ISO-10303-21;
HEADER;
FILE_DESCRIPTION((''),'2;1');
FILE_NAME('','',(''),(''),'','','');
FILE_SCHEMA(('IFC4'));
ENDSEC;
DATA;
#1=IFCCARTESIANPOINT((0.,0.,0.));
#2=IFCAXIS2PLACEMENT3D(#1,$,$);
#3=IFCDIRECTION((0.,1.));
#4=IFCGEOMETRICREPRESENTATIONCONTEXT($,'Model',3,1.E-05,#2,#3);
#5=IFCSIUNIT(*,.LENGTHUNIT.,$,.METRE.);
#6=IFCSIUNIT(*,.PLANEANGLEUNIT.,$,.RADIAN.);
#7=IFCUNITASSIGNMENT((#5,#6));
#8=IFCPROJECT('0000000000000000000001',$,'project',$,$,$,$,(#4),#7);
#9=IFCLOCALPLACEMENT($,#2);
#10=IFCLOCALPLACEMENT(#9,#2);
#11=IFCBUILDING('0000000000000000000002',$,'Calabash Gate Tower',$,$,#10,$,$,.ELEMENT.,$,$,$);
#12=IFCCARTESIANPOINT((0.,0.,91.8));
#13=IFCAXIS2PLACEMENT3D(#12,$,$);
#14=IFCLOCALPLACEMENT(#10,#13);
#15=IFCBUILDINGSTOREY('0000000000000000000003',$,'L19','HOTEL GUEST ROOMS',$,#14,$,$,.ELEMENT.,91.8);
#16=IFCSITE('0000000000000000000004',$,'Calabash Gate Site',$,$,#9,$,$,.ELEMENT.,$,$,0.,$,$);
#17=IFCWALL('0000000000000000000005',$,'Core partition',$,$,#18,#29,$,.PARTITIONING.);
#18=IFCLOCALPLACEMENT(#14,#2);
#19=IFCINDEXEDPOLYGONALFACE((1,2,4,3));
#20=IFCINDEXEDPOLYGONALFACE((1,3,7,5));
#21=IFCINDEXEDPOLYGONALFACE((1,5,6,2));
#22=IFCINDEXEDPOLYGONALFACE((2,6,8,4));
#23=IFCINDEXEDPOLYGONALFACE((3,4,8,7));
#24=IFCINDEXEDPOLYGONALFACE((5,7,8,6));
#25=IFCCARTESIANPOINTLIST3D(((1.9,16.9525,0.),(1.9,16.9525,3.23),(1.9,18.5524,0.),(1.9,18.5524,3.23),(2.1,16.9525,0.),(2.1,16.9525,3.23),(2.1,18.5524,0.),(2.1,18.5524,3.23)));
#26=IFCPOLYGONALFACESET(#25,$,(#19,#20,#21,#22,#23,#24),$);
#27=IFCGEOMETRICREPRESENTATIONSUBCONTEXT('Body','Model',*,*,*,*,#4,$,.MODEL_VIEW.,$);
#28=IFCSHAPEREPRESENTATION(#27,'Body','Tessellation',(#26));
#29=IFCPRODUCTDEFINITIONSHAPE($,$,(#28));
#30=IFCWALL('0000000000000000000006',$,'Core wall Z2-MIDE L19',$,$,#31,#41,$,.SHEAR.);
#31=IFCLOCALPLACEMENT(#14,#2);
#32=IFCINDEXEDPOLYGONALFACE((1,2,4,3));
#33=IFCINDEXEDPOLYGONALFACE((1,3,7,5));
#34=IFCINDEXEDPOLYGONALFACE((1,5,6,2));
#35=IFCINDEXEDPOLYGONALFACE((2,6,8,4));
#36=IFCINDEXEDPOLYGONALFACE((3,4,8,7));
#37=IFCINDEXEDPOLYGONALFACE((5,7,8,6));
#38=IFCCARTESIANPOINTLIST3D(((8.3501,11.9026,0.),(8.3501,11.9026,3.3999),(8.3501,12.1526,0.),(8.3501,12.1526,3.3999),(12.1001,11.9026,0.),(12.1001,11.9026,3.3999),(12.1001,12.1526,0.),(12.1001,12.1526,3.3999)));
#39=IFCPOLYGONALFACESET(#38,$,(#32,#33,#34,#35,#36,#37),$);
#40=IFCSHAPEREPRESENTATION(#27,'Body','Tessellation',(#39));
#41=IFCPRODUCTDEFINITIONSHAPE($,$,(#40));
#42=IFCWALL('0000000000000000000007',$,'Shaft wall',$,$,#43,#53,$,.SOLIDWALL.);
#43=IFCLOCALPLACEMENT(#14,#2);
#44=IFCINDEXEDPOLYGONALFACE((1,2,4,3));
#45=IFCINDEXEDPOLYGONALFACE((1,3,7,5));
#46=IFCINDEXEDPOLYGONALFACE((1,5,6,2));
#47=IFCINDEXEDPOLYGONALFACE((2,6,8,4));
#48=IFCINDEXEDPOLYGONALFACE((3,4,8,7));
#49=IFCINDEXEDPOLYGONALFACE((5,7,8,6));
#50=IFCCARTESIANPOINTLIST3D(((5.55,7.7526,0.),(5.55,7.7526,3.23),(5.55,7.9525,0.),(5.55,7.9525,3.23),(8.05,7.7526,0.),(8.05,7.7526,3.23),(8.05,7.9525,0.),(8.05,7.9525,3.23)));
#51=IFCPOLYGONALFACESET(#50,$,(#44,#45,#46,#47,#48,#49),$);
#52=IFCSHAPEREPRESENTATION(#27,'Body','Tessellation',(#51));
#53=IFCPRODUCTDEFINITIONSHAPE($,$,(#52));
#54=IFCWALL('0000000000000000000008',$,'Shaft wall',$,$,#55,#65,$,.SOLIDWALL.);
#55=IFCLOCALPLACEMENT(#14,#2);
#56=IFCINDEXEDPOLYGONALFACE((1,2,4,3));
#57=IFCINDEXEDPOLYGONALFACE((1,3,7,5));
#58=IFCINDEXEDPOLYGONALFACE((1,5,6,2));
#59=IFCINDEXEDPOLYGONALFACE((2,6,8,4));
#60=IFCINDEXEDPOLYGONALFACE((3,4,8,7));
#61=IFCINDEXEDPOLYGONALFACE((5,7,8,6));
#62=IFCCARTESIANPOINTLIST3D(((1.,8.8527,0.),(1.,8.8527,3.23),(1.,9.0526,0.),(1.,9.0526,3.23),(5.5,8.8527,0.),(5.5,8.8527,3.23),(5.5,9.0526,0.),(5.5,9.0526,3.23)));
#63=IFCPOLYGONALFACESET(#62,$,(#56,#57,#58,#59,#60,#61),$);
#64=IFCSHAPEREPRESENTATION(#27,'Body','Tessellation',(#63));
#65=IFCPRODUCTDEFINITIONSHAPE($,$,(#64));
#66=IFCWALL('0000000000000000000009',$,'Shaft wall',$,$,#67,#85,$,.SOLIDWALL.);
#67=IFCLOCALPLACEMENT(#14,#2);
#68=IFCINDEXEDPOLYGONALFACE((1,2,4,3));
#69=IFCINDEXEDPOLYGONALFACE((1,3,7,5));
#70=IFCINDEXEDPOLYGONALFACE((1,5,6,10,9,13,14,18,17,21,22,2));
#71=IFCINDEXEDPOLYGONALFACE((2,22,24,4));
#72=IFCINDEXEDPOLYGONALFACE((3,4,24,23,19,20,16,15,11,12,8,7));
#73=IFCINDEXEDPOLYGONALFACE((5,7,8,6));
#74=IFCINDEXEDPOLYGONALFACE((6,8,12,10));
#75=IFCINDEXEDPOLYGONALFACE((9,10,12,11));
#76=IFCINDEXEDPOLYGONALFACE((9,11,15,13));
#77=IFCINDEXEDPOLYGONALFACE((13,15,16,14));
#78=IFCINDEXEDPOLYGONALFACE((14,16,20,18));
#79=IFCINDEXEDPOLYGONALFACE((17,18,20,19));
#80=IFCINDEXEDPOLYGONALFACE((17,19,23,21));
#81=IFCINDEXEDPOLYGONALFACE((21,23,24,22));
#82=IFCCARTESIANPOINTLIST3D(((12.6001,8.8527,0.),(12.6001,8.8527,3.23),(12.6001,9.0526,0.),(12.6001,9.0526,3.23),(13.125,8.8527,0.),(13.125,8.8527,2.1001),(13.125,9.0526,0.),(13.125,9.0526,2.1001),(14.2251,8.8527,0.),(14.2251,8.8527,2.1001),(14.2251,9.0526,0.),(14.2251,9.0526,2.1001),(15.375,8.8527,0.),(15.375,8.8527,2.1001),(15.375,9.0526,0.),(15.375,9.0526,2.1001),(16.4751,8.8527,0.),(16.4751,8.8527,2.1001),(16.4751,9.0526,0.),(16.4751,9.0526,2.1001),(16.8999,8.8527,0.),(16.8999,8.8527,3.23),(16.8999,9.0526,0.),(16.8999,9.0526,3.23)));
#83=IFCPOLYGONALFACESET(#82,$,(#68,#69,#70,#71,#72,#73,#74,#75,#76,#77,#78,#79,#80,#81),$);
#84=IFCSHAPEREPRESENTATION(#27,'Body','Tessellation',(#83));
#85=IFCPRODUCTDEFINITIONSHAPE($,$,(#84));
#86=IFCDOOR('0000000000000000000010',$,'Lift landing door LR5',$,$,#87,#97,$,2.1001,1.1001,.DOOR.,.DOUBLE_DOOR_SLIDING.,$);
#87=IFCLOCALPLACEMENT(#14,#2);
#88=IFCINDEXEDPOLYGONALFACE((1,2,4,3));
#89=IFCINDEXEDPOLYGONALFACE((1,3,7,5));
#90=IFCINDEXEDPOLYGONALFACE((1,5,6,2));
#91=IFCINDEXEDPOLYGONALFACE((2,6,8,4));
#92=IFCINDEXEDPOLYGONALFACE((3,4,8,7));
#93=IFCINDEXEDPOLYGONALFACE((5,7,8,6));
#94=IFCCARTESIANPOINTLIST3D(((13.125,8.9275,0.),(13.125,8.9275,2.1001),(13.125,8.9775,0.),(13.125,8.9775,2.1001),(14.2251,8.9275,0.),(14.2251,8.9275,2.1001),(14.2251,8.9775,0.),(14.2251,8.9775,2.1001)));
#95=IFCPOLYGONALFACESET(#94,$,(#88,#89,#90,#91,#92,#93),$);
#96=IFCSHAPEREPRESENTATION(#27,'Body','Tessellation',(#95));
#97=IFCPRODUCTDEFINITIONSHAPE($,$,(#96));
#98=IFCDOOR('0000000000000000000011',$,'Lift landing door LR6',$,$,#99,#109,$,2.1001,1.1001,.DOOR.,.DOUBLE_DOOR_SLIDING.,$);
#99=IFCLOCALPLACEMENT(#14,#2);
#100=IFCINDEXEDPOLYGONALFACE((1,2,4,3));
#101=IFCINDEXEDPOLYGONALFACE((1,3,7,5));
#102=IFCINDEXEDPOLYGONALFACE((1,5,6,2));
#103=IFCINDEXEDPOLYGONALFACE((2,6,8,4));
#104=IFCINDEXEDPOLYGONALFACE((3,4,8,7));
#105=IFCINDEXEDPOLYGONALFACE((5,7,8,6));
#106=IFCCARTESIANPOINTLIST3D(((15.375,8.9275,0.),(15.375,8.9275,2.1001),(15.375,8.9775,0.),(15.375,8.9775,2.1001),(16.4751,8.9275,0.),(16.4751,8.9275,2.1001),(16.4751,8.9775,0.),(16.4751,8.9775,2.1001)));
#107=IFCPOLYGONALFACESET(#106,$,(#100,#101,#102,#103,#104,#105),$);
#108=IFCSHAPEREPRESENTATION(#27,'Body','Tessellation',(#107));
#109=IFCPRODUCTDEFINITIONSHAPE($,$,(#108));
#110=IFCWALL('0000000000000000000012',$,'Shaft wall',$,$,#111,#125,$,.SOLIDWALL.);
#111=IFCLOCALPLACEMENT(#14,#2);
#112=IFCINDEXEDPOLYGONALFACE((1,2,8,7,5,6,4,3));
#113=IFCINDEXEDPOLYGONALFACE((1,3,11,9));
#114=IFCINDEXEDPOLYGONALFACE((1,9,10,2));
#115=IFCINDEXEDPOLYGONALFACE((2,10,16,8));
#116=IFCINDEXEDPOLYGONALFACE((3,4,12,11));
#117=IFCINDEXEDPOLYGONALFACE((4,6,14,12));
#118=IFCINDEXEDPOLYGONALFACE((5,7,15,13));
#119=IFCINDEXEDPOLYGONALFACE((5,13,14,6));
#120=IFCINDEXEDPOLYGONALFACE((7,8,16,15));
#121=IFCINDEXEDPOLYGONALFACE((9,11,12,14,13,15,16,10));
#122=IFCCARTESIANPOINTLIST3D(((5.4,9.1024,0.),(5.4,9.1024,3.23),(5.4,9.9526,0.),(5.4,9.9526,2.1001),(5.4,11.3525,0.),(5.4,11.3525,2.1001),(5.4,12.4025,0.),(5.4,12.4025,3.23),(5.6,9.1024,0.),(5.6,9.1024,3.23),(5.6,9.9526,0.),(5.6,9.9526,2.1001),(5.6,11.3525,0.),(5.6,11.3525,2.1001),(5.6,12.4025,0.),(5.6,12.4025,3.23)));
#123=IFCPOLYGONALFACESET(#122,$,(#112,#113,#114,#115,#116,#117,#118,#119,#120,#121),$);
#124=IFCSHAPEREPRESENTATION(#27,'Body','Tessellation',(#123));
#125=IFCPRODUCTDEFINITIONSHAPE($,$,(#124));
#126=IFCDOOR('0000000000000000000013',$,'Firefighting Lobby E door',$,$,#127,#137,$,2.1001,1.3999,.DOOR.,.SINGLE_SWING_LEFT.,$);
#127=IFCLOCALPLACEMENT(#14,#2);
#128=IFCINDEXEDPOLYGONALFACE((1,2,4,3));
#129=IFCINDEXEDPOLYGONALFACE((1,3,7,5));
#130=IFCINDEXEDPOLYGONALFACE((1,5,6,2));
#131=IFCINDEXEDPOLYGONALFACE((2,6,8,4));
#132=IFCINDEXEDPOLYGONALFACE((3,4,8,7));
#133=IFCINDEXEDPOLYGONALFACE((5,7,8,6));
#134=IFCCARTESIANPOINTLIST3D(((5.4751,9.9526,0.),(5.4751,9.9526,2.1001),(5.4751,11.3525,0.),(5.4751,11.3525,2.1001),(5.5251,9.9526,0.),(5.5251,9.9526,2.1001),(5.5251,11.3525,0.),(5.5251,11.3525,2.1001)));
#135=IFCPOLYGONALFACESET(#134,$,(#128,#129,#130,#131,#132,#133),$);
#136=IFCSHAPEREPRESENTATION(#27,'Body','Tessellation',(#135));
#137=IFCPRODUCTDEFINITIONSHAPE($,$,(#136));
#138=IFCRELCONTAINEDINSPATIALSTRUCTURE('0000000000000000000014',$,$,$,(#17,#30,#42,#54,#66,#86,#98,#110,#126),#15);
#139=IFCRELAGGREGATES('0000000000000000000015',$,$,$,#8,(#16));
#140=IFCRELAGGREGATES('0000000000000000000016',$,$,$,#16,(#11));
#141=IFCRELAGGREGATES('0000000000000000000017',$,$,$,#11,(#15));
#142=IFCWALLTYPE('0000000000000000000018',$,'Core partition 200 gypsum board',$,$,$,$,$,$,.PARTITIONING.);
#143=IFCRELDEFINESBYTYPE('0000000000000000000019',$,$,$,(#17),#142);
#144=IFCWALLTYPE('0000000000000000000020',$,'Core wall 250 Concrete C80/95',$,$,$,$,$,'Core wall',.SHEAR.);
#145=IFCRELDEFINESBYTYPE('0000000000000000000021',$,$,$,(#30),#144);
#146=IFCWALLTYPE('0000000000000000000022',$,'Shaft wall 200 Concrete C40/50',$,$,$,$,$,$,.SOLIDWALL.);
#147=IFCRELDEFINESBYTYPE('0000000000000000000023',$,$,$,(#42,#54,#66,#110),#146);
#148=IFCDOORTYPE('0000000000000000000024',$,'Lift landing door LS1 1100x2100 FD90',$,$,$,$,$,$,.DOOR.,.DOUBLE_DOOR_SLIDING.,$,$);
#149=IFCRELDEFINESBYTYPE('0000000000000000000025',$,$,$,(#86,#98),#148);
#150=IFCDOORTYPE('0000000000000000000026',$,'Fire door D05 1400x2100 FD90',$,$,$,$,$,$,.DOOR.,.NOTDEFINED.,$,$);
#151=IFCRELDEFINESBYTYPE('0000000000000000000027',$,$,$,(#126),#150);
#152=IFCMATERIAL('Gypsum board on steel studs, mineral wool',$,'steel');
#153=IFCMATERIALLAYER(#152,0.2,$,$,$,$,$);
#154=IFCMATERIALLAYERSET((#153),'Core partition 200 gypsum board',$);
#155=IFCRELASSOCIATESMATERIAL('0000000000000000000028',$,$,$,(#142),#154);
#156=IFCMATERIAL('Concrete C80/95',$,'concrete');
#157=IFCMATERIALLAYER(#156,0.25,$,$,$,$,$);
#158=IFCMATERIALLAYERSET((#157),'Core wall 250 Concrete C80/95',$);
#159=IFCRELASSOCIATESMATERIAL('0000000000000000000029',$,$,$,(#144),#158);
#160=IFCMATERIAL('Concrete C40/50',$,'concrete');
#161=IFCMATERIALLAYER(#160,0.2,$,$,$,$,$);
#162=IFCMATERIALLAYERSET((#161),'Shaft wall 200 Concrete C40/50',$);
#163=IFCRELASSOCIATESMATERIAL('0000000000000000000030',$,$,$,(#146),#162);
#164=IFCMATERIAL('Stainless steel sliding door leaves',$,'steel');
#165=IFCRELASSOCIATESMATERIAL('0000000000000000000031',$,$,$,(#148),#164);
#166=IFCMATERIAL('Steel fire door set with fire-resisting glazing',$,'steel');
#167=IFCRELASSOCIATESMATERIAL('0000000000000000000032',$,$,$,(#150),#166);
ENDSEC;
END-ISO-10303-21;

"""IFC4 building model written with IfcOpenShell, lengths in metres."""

from ifc_helpers import new_model, si_unit, direction, frame, frame_2d, origin, place, context, subcontext, project, spatial, rectangle, extrude, material, layer, layer_set, type_object, element, fill, save


model = new_model("IFC4")

# Units and contexts
model_context = context("Model", 3, precision=1e-05, world=origin(), true_north=direction((0.0, 1.0)))
body_context = subcontext(model_context, "Body", "Model", "MODEL_VIEW")
ifc_project = project(units=[si_unit("LENGTHUNIT", "METRE"), si_unit("PLANEANGLEUNIT", "RADIAN")], contexts=[model_context])

# Site, building, storey
site_placement = place(None, origin())
site = spatial("IfcSite", under=ifc_project, at=site_placement, Name="Calabash Gate Site", CompositionType="ELEMENT", RefElevation=0.0)
building_placement = place(site_placement, origin())
building = spatial("IfcBuilding", under=site, at=building_placement, Name="Calabash Gate Tower", CompositionType="ELEMENT")
storey_placement = place(building_placement, frame((0.0, 0.0, 91.8)))
storey = spatial("IfcBuildingStorey", under=building, at=storey_placement, Name="L19", Description="HOTEL GUEST ROOMS", CompositionType="ELEMENT", Elevation=91.8)

# Walls
ifc_material_1 = material(Name="Gypsum board on steel studs, mineral wool", Category="steel")
ifc_layer_1 = layer(ifc_material_1, 0.2)
ifc_layer_set_1 = layer_set([ifc_layer_1], Name="Core partition 200 gypsum board")
wall_type_1 = type_object("IfcWallType", Name="Core partition 200 gypsum board", PredefinedType="PARTITIONING", material=ifc_layer_set_1)
wall_1_placement = place(storey_placement, frame((2.0, 16.9526, 0.0), z_axis=(0.0, 0.0, 1.0), x_axis=(0.0, 1.0, 0.0)))
element("IfcWall", 1, at=wall_1_placement, inside=storey, type_object=wall_type_1, Name="Core partition", PredefinedType="PARTITIONING", context=body_context, shape_type="SweptSolid", body=[
    extrude(rectangle(XDim=1.5999, YDim=0.2, at=frame_2d((0.7998, 0.0))), origin(), (0.0, 0.0, 1.0), 3.23),
])
ifc_material_2 = material(Name="Concrete C80/95", Category="concrete")
ifc_layer_2 = layer(ifc_material_2, 0.25)
ifc_layer_set_2 = layer_set([ifc_layer_2], Name="Core wall 250 Concrete C80/95")
wall_type_2 = type_object("IfcWallType", Name="Core wall 250 Concrete C80/95", ElementType="Core wall", PredefinedType="SHEAR", material=ifc_layer_set_2)
wall_2_placement = place(storey_placement, frame((8.3501, 12.0276, 0.0), z_axis=(0.0, 0.0, 1.0), x_axis=(1.0, 0.0, 0.0)))
element("IfcWall", 2, at=wall_2_placement, inside=storey, type_object=wall_type_2, Name="Core wall Z2-MIDE L19", PredefinedType="SHEAR", context=body_context, shape_type="SweptSolid", body=[
    extrude(rectangle(XDim=3.75, YDim=0.25, at=frame_2d((1.875, 0.0))), origin(), (0.0, 0.0, 1.0), 3.3999),
])
ifc_material_3 = material(Name="Concrete C40/50", Category="concrete")
ifc_layer_3 = layer(ifc_material_3, 0.2)
ifc_layer_set_3 = layer_set([ifc_layer_3], Name="Shaft wall 200 Concrete C40/50")
wall_type_3 = type_object("IfcWallType", Name="Shaft wall 200 Concrete C40/50", PredefinedType="SOLIDWALL", material=ifc_layer_set_3)
wall_3_placement = place(storey_placement, frame((5.55, 7.8525, 0.0), z_axis=(0.0, 0.0, 1.0), x_axis=(1.0, 0.0, 0.0)))
element("IfcWall", 3, at=wall_3_placement, inside=storey, type_object=wall_type_3, Name="Shaft wall", PredefinedType="SOLIDWALL", context=body_context, shape_type="SweptSolid", body=[
    extrude(rectangle(XDim=2.5, YDim=0.2, at=frame_2d((1.25, 0.0))), origin(), (0.0, 0.0, 1.0), 3.23),
])
wall_4_placement = place(storey_placement, frame((1.0, 8.9526, 0.0), z_axis=(0.0, 0.0, 1.0), x_axis=(1.0, 0.0, 0.0)))
element("IfcWall", 4, at=wall_4_placement, inside=storey, type_object=wall_type_3, Name="Shaft wall", PredefinedType="SOLIDWALL", context=body_context, shape_type="SweptSolid", body=[
    extrude(rectangle(XDim=4.5, YDim=0.2, at=frame_2d((2.25, 0.0))), origin(), (0.0, 0.0, 1.0), 3.23),
])

# Wall, openings, doors
wall_5_placement = place(storey_placement, frame((12.6001, 8.9526, 0.0), z_axis=(0.0, 0.0, 1.0), x_axis=(1.0, 0.0, 0.0)))
wall_5 = element("IfcWall", 5, at=wall_5_placement, inside=storey, type_object=wall_type_3, Name="Shaft wall", PredefinedType="SOLIDWALL", context=body_context, shape_type="SweptSolid", body=[
    extrude(rectangle(XDim=4.2998, YDim=0.2, at=frame_2d((2.1499, 0.0))), origin(), (0.0, 0.0, 1.0), 3.23),
])
opening_1_placement = place(wall_5_placement, frame((0.5249, 0.0, 0.0)))
opening_1 = element("IfcOpeningElement", 6, at=opening_1_placement, cuts=wall_5, PredefinedType="OPENING", context=body_context, shape_type="SweptSolid", body=[
    extrude(rectangle(XDim=1.1001, YDim=2.1001, at=frame_2d((0.55, 1.05))), frame((0.0, 0.1099, 0.0), z_axis=(0.0, -1.0, 0.0), x_axis=(1.0, 0.0, 0.0)), (0.0, 0.0, 1.0), 0.22),
])
opening_2_placement = place(wall_5_placement, frame((2.7749, 0.0, 0.0)))
opening_2 = element("IfcOpeningElement", 7, at=opening_2_placement, cuts=wall_5, PredefinedType="OPENING", context=body_context, shape_type="SweptSolid", body=[
    extrude(rectangle(XDim=1.1001, YDim=2.1001, at=frame_2d((0.55, 1.05))), frame((0.0, 0.1099, 0.0), z_axis=(0.0, -1.0, 0.0), x_axis=(1.0, 0.0, 0.0)), (0.0, 0.0, 1.0), 0.22),
])
ifc_material_4 = material(Name="Stainless steel sliding door leaves", Category="steel")
door_type_1 = type_object("IfcDoorType", Name="Lift landing door LS1 1100x2100 FD90", OperationType="DOUBLE_DOOR_SLIDING", PredefinedType="DOOR", material=ifc_material_4)
door_1_placement = place(opening_1_placement, origin())
door_1 = element("IfcDoor", 8, at=door_1_placement, inside=storey, type_object=door_type_1, Name="Lift landing door LR5", OperationType="DOUBLE_DOOR_SLIDING", OverallHeight=2.1001, OverallWidth=1.1001, PredefinedType="DOOR", context=body_context, shape_type="SweptSolid", body=[
    extrude(rectangle(XDim=1.1001, YDim=2.1001, at=frame_2d((0.55, 1.05))), frame((0.0, 0.0249, 0.0), z_axis=(0.0, -1.0, 0.0), x_axis=(1.0, 0.0, 0.0)), (0.0, 0.0, 1.0), 0.05),
])
fill(opening_1, door_1)
door_2_placement = place(opening_2_placement, origin())
door_2 = element("IfcDoor", 9, at=door_2_placement, inside=storey, type_object=door_type_1, Name="Lift landing door LR6", OperationType="DOUBLE_DOOR_SLIDING", OverallHeight=2.1001, OverallWidth=1.1001, PredefinedType="DOOR", context=body_context, shape_type="SweptSolid", body=[
    extrude(rectangle(XDim=1.1001, YDim=2.1001, at=frame_2d((0.55, 1.05))), frame((0.0, 0.0249, 0.0), z_axis=(0.0, -1.0, 0.0), x_axis=(1.0, 0.0, 0.0)), (0.0, 0.0, 1.0), 0.05),
])
fill(opening_2, door_2)

# Wall, opening, door
wall_6_placement = place(storey_placement, frame((5.5, 9.1025, 0.0), z_axis=(0.0, 0.0, 1.0), x_axis=(0.0, 1.0, 0.0)))
wall_6 = element("IfcWall", 10, at=wall_6_placement, inside=storey, type_object=wall_type_3, Name="Shaft wall", PredefinedType="SOLIDWALL", context=body_context, shape_type="SweptSolid", body=[
    extrude(rectangle(XDim=3.3, YDim=0.2, at=frame_2d((1.6499, 0.0))), origin(), (0.0, 0.0, 1.0), 3.23),
])
opening_3_placement = place(wall_6_placement, frame((0.8501, 0.0, 0.0)))
opening_3 = element("IfcOpeningElement", 11, at=opening_3_placement, cuts=wall_6, PredefinedType="OPENING", context=body_context, shape_type="SweptSolid", body=[
    extrude(rectangle(XDim=1.3999, YDim=2.1001, at=frame_2d((0.7, 1.05))), frame((0.0, 0.1099, 0.0), z_axis=(0.0, -1.0, 0.0), x_axis=(1.0, 0.0, 0.0)), (0.0, 0.0, 1.0), 0.22),
])
ifc_material_5 = material(Name="Steel fire door set with fire-resisting glazing", Category="steel")
door_type_2 = type_object("IfcDoorType", Name="Fire door D05 1400x2100 FD90", OperationType="NOTDEFINED", PredefinedType="DOOR", material=ifc_material_5)
door_3_placement = place(opening_3_placement, origin())
door_3 = element("IfcDoor", 12, at=door_3_placement, inside=storey, type_object=door_type_2, Name="Firefighting Lobby E door", OperationType="SINGLE_SWING_LEFT", OverallHeight=2.1001, OverallWidth=1.3999, PredefinedType="DOOR", context=body_context, shape_type="SweptSolid", body=[
    extrude(rectangle(XDim=1.3999, YDim=2.1001, at=frame_2d((0.7, 1.05))), frame((0.0, 0.0249, 0.0), z_axis=(0.0, -1.0, 0.0), x_axis=(1.0, 0.0, 0.0)), (0.0, 0.0, 1.0), 0.05),
])
fill(opening_3, door_3)

save(model, "model.ifc")
